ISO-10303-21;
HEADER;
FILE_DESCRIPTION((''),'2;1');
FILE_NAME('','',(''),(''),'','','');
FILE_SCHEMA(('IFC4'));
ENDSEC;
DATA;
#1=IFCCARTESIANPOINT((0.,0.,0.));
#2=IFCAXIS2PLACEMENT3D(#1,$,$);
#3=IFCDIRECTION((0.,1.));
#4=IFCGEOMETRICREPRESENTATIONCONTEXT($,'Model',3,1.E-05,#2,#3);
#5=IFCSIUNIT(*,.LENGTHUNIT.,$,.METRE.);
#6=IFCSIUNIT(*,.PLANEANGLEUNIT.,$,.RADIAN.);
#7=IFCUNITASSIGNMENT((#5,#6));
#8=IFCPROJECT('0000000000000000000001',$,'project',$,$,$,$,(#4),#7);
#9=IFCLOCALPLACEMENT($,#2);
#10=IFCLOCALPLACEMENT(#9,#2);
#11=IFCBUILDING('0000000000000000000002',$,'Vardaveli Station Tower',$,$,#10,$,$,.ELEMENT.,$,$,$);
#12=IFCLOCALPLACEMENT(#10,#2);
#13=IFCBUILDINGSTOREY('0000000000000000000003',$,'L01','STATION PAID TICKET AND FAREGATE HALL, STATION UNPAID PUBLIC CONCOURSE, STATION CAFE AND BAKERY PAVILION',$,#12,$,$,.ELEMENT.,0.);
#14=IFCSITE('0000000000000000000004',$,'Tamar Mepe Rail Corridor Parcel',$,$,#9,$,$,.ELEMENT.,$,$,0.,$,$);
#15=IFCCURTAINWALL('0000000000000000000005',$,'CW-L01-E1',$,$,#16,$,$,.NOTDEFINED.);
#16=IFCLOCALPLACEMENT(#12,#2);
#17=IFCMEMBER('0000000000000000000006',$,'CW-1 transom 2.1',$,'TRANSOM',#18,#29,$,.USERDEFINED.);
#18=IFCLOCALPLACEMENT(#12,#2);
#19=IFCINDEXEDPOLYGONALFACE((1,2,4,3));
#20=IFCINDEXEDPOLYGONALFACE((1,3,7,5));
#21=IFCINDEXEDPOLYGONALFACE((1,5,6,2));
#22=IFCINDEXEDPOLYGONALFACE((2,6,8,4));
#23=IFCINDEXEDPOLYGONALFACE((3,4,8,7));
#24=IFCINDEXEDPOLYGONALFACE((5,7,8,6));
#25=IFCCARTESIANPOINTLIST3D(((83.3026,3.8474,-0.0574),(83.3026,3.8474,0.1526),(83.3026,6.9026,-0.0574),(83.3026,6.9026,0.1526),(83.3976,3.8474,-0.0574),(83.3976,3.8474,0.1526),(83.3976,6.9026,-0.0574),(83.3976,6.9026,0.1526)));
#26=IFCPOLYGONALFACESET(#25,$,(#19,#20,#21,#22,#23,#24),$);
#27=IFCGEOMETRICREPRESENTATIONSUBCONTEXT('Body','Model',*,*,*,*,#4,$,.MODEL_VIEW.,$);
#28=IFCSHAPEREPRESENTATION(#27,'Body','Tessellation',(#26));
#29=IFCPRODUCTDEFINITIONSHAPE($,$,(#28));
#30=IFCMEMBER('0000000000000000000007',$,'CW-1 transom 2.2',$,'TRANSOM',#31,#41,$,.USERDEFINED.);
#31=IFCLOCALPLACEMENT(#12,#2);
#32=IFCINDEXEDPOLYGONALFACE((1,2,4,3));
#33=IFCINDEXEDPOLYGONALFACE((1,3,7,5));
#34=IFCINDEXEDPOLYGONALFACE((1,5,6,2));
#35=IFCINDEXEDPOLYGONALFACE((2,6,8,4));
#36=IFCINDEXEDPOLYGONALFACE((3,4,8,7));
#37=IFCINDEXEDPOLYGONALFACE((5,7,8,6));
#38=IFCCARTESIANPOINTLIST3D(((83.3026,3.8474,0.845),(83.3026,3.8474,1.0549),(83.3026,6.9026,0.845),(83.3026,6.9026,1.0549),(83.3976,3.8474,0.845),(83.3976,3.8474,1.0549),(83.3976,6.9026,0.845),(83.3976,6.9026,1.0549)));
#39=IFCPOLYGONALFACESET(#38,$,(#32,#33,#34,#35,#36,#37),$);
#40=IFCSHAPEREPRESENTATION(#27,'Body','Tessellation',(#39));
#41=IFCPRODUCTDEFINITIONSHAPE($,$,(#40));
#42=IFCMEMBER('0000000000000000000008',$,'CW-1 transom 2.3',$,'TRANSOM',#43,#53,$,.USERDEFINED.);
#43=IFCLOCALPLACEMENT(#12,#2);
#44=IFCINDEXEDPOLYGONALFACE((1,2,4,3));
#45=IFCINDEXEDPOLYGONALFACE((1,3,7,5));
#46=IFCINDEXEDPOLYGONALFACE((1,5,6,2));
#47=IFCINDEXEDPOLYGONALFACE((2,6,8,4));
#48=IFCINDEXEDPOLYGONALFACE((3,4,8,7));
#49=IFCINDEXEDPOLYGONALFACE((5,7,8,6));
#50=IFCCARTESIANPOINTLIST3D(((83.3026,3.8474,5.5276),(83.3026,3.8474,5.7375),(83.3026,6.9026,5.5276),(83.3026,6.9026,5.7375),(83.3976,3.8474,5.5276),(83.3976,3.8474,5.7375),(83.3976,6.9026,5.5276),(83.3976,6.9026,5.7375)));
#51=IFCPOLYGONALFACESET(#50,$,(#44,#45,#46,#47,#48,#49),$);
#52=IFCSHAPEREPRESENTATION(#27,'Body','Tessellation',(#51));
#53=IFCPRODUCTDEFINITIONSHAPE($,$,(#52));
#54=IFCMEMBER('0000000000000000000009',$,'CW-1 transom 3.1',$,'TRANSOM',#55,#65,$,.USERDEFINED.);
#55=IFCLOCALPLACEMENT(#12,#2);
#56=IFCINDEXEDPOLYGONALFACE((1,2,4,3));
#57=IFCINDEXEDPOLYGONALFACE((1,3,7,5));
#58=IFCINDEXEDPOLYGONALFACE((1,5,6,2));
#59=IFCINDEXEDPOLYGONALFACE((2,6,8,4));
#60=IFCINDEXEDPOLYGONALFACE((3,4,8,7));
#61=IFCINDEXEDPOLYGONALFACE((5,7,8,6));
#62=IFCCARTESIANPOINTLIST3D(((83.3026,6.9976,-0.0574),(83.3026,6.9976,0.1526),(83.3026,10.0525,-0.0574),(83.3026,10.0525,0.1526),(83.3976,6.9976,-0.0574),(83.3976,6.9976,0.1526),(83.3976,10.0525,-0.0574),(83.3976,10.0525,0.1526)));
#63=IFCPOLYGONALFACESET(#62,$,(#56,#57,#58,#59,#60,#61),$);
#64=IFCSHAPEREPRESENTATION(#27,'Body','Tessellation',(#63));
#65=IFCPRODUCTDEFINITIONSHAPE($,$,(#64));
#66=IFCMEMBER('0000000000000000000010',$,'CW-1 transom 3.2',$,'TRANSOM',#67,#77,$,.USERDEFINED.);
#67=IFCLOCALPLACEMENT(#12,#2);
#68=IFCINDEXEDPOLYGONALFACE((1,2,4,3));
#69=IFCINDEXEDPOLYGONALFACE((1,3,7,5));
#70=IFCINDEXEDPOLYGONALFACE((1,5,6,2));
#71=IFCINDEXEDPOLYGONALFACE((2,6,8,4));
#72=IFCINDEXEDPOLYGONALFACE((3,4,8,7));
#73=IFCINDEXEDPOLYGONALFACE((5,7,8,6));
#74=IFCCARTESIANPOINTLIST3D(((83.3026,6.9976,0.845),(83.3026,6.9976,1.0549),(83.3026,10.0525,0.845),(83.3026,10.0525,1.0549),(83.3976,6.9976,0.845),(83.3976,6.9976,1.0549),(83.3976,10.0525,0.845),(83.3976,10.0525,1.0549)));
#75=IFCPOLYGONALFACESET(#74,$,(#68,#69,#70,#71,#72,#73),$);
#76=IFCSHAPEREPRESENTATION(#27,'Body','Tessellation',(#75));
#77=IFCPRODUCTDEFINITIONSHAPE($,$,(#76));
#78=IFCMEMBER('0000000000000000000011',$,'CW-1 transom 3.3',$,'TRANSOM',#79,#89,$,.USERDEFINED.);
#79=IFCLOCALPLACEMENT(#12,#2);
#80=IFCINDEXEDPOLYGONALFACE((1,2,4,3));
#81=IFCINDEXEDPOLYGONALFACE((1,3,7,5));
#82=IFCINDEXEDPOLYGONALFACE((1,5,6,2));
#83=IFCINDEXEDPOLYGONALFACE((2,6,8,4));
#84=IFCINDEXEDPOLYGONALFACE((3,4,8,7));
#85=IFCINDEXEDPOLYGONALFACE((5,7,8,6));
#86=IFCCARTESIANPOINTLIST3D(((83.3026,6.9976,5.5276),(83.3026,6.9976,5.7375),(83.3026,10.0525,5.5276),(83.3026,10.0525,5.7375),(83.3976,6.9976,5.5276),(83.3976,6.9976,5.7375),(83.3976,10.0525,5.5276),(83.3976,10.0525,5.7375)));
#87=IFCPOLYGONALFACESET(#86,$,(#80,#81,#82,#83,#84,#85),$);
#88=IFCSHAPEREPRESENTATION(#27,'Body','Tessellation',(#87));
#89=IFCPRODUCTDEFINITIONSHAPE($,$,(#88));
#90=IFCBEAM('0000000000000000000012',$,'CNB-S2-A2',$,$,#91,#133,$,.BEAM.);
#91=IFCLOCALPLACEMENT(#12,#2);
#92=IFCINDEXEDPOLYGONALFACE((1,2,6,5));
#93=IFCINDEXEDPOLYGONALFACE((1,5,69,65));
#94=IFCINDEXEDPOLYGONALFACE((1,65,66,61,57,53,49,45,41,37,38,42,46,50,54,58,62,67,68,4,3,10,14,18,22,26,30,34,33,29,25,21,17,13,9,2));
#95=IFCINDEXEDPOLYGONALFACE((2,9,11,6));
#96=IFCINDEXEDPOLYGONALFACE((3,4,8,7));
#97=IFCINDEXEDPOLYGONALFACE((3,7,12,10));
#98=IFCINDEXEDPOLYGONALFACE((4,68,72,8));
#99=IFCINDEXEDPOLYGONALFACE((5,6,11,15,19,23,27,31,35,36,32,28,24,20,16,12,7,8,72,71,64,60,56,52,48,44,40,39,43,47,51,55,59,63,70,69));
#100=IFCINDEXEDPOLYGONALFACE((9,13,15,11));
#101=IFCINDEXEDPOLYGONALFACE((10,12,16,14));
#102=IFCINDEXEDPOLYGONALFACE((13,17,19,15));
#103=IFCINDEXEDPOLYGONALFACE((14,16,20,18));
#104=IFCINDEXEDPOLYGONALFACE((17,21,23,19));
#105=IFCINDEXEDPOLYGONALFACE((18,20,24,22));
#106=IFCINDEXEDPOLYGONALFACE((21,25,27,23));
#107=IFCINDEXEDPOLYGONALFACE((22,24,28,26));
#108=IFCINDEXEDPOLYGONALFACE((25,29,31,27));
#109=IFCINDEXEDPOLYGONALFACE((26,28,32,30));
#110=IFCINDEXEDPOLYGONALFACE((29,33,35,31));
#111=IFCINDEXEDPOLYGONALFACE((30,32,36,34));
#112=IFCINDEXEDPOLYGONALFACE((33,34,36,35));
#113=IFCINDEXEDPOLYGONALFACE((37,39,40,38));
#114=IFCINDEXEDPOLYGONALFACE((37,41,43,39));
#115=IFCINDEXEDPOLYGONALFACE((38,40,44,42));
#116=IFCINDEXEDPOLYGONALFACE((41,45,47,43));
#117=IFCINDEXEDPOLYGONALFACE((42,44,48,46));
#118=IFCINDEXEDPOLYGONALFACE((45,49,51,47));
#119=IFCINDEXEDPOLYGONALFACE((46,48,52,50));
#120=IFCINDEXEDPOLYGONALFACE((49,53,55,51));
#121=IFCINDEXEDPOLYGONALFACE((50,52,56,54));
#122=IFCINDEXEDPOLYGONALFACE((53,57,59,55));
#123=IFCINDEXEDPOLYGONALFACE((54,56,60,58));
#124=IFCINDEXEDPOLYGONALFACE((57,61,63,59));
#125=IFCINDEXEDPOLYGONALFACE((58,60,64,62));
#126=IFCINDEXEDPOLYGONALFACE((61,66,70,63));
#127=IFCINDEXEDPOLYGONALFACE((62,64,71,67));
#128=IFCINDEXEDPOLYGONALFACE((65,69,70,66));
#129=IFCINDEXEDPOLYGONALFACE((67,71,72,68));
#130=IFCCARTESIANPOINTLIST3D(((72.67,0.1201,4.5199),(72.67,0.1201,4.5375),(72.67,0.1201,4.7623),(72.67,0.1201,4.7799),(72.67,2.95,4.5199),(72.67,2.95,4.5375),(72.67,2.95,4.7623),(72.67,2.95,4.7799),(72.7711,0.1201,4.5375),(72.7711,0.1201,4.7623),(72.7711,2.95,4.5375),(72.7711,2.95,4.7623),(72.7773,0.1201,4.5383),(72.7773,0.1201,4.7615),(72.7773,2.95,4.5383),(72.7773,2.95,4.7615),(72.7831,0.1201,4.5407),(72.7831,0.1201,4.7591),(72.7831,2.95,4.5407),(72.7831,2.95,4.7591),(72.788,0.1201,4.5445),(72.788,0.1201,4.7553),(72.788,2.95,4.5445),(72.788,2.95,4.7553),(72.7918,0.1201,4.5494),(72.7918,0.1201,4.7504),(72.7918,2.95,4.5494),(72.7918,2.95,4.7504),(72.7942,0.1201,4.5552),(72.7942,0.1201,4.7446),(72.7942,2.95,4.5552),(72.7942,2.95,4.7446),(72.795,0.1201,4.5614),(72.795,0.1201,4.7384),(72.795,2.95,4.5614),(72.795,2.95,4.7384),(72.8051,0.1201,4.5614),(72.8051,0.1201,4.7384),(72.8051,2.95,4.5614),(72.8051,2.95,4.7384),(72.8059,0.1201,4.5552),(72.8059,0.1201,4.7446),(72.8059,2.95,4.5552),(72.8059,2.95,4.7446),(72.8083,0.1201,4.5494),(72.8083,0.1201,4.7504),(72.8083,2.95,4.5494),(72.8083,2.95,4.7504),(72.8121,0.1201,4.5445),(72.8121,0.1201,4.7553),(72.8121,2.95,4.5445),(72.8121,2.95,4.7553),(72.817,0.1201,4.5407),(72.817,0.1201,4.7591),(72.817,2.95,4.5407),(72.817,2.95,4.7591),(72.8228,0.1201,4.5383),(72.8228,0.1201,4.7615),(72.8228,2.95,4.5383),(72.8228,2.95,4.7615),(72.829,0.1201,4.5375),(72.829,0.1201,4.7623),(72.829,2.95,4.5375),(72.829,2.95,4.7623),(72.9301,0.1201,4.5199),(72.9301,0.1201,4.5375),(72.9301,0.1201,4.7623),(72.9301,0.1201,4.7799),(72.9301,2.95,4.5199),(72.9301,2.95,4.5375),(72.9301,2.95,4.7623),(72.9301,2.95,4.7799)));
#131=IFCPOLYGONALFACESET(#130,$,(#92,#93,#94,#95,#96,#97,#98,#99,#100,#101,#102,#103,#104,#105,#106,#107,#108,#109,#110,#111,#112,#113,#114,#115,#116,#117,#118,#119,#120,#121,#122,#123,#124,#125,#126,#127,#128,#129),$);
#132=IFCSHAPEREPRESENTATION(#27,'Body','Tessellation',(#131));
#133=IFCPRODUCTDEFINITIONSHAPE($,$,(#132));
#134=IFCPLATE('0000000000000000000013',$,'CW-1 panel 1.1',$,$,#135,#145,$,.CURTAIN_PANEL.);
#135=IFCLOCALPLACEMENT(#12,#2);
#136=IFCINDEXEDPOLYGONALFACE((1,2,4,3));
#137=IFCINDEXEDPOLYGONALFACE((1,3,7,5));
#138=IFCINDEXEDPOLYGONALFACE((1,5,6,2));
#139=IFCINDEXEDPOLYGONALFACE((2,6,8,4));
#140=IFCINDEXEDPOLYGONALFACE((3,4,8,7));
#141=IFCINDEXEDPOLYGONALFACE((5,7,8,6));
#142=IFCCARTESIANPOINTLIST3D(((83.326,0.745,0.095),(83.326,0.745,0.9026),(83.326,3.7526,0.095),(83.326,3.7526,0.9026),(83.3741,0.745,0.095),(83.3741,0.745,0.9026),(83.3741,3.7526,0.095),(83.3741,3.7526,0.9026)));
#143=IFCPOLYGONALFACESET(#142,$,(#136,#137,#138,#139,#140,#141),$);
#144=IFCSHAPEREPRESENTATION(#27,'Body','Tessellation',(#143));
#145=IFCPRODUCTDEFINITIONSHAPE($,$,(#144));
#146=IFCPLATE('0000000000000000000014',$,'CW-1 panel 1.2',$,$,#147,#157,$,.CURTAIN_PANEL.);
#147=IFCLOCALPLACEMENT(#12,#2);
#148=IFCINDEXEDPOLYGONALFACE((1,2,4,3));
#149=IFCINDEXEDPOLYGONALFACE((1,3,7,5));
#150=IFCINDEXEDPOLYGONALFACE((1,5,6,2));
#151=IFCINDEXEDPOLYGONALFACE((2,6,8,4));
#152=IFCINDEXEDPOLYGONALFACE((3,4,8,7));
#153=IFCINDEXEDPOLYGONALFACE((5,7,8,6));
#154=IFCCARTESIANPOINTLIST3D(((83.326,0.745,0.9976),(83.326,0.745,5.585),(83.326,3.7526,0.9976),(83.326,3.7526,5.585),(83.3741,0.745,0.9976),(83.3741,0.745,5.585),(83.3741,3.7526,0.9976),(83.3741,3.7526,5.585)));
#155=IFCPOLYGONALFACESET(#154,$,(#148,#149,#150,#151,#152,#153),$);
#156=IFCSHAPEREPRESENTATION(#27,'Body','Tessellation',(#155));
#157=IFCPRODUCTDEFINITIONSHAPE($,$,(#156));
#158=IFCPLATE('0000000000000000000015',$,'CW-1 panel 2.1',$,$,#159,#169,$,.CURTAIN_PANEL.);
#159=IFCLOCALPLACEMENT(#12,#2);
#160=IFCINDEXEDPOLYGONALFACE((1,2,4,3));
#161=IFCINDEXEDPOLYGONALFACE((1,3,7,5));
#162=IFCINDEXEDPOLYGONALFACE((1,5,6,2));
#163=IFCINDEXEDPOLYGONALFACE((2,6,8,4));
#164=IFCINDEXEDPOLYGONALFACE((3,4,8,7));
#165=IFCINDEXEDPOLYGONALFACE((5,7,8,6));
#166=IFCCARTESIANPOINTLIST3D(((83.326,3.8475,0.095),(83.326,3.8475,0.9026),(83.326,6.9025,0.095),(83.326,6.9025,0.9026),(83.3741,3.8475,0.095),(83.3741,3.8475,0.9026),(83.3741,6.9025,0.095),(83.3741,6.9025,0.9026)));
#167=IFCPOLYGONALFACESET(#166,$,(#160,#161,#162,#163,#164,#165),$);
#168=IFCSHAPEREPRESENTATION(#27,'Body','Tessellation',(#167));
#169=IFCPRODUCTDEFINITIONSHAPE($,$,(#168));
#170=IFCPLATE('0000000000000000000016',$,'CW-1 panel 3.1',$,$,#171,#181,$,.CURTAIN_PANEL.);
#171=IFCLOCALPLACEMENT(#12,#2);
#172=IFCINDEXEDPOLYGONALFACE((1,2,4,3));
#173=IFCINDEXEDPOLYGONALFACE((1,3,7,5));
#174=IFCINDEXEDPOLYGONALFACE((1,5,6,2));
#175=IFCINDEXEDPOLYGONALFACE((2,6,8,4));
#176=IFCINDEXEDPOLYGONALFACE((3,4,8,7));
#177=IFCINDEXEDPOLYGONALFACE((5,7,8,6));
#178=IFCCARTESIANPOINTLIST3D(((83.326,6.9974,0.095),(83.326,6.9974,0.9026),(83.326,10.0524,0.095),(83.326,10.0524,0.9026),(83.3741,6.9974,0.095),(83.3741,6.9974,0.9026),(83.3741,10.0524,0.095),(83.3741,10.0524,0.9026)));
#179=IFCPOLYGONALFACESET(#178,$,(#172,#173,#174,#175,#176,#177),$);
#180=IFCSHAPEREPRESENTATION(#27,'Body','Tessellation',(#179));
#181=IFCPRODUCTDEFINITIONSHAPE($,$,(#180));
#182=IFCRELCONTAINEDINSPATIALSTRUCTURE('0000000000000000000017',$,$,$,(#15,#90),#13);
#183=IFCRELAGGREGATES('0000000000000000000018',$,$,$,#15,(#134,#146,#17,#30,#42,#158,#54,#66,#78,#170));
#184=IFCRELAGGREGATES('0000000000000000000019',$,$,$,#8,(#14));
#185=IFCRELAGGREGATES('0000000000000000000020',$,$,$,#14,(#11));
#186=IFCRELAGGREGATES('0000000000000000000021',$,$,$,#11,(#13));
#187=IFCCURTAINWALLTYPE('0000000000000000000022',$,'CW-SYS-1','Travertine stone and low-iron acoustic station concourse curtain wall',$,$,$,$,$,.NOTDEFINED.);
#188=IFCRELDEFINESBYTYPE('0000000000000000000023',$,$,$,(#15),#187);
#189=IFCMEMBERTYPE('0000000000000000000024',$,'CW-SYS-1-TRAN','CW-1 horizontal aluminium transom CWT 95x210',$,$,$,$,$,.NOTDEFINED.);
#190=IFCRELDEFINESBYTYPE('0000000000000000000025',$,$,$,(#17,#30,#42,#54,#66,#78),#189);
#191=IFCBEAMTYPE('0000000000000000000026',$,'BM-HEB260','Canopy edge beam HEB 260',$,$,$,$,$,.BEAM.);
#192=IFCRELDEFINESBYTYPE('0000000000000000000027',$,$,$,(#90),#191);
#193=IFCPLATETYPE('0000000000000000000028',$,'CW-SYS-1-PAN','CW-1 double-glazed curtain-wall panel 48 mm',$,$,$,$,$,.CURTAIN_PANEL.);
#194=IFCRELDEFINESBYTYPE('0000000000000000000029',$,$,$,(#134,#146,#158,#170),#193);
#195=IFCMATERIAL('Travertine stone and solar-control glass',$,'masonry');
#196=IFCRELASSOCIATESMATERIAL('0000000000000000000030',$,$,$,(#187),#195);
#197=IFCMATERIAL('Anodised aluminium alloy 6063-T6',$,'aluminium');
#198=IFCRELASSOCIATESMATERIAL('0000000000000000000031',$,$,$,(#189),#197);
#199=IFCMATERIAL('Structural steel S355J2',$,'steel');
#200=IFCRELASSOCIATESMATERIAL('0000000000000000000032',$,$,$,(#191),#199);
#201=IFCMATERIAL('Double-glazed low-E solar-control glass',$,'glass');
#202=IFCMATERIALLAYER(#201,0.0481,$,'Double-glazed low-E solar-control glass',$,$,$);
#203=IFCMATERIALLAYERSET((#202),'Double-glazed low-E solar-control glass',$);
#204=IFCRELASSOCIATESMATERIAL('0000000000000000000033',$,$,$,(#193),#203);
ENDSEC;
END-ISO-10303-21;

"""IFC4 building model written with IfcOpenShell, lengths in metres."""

from ifc_helpers import new_model, si_unit, direction, frame, origin, origin_2d, place, context, subcontext, project, spatial, rectangle, i_section, extrude, source, transform, mapped, material, layer, layer_set, material_profile, profile_set, type_object, element, aggregate, save


model = new_model("IFC4")

# Units and contexts
model_context = context("Model", 3, precision=1e-05, world=origin(), true_north=direction((0.0, 1.0)))
body_context = subcontext(model_context, "Body", "Model", "MODEL_VIEW")
ifc_project = project(units=[si_unit("LENGTHUNIT", "METRE"), si_unit("PLANEANGLEUNIT", "RADIAN")], contexts=[model_context])

# Site, building, storey
site_placement = place(None, origin())
site = spatial("IfcSite", under=ifc_project, at=site_placement, Name="Tamar Mepe Rail Corridor Parcel", CompositionType="ELEMENT", RefElevation=0.0)
building_placement = place(site_placement, origin())
building = spatial("IfcBuilding", under=site, at=building_placement, Name="Vardaveli Station Tower", CompositionType="ELEMENT")
storey_placement = place(building_placement, origin())
storey = spatial("IfcBuildingStorey", under=building, at=storey_placement, Name="L01", Description="STATION PAID TICKET AND FAREGATE HALL, STATION UNPAID PUBLIC CONCOURSE, STATION CAFE AND BAKERY PAVILION", CompositionType="ELEMENT", Elevation=0.0)

# Shared definitions
ifc_material_1 = material(Name="Structural steel S355J2", Category="steel")

# Curtain wall, members
ifc_material_2 = material(Name="Travertine stone and solar-control glass", Category="masonry")
curtain_wall_type = type_object("IfcCurtainWallType", Name="CW-SYS-1", Description="Travertine stone and low-iron acoustic station concourse curtain wall", PredefinedType="NOTDEFINED", material=ifc_material_2)
curtain_wall_placement = place(storey_placement, origin())
curtain_wall = element("IfcCurtainWall", 1, at=curtain_wall_placement, inside=storey, type_object=curtain_wall_type, Name="CW-L01-E1", PredefinedType="NOTDEFINED")
ifc_material_3 = material(Name="Anodised aluminium alloy 6063-T6", Category="aluminium")
ifc_material_profile_1 = material_profile(ifc_material_3, rectangle(XDim=0.095, YDim=0.21, at=origin_2d()), Name="CWT 95x210")
ifc_profile_set_1 = profile_set([ifc_material_profile_1], Name="Anodised aluminium alloy 6063-T6")
member_type_1 = type_object("IfcMemberType", Name="CW-SYS-1-TRAN", Description="CW-1 horizontal aluminium transom CWT 95x210", PredefinedType="NOTDEFINED", material=ifc_profile_set_1)
shared_shape_1 = source(origin(), body_context, "Body", "SweptSolid", [
    extrude(rectangle(XDim=0.095, YDim=0.21, at=origin_2d()), origin(), (0.0, 0.0, 1.0), 3.0552),
])
member_1_placement = place(storey_placement, frame((83.3501, 3.8474, 0.0476), z_axis=(0.0, 1.0, 0.0), x_axis=(-1.0, 0.0, 0.0)))
member_1 = element("IfcMember", 2, at=member_1_placement, type_object=member_type_1, Name="CW-1 transom 2.1", ObjectType="TRANSOM", PredefinedType="USERDEFINED", context=body_context, shape_type="MappedRepresentation", body=[
    mapped(shared_shape_1, transform((0.0, 0.0, 0.0), scale=1.0)),
])
member_2_placement = place(storey_placement, frame((83.3501, 3.8474, 0.95), z_axis=(0.0, 1.0, 0.0), x_axis=(-1.0, 0.0, 0.0)))
member_2 = element("IfcMember", 3, at=member_2_placement, type_object=member_type_1, Name="CW-1 transom 2.2", ObjectType="TRANSOM", PredefinedType="USERDEFINED", context=body_context, shape_type="MappedRepresentation", body=[
    mapped(shared_shape_1, transform((0.0, 0.0, 0.0), scale=1.0)),
])
member_3_placement = place(storey_placement, frame((83.3501, 3.8474, 5.6326), z_axis=(0.0, 1.0, 0.0), x_axis=(-1.0, 0.0, 0.0)))
member_3 = element("IfcMember", 4, at=member_3_placement, type_object=member_type_1, Name="CW-1 transom 2.3", ObjectType="TRANSOM", PredefinedType="USERDEFINED", context=body_context, shape_type="MappedRepresentation", body=[
    mapped(shared_shape_1, transform((0.0, 0.0, 0.0), scale=1.0)),
])
shared_shape_2 = source(origin(), body_context, "Body", "SweptSolid", [
    extrude(rectangle(XDim=0.095, YDim=0.21, at=origin_2d()), origin(), (0.0, 0.0, 1.0), 3.0549),
])
member_4_placement = place(storey_placement, frame((83.3501, 6.9976, 0.0476), z_axis=(0.0, 1.0, 0.0), x_axis=(-1.0, 0.0, 0.0)))
member_4 = element("IfcMember", 5, at=member_4_placement, type_object=member_type_1, Name="CW-1 transom 3.1", ObjectType="TRANSOM", PredefinedType="USERDEFINED", context=body_context, shape_type="MappedRepresentation", body=[
    mapped(shared_shape_2, transform((0.0, 0.0, 0.0), scale=1.0)),
])
member_5_placement = place(storey_placement, frame((83.3501, 6.9976, 0.95), z_axis=(0.0, 1.0, 0.0), x_axis=(-1.0, 0.0, 0.0)))
member_5 = element("IfcMember", 6, at=member_5_placement, type_object=member_type_1, Name="CW-1 transom 3.2", ObjectType="TRANSOM", PredefinedType="USERDEFINED", context=body_context, shape_type="MappedRepresentation", body=[
    mapped(shared_shape_2, transform((0.0, 0.0, 0.0), scale=1.0)),
])
member_6_placement = place(storey_placement, frame((83.3501, 6.9976, 5.6326), z_axis=(0.0, 1.0, 0.0), x_axis=(-1.0, 0.0, 0.0)))
member_6 = element("IfcMember", 7, at=member_6_placement, type_object=member_type_1, Name="CW-1 transom 3.3", ObjectType="TRANSOM", PredefinedType="USERDEFINED", context=body_context, shape_type="MappedRepresentation", body=[
    mapped(shared_shape_2, transform((0.0, 0.0, 0.0), scale=1.0)),
])

# Beam
ifc_material_profile_2 = material_profile(ifc_material_1, i_section(OverallWidth=0.26, OverallDepth=0.26, WebThickness=0.01, FlangeThickness=0.0176, FilletRadius=0.0239, at=origin_2d()), Name="HEB 260")
ifc_profile_set_2 = profile_set([ifc_material_profile_2], Name="Structural steel S355J2")
beam_type_1 = type_object("IfcBeamType", Name="BM-HEB260", Description="Canopy edge beam HEB 260", PredefinedType="BEAM", material=ifc_profile_set_2)
shared_shape_3 = source(origin(), body_context, "Body", "SweptSolid", [
    extrude(i_section(OverallWidth=0.26, OverallDepth=0.26, WebThickness=0.01, FlangeThickness=0.0176, FilletRadius=0.0239, at=origin_2d()), origin(), (0.0, 0.0, 1.0), 2.8298),
])
beam_1_placement = place(storey_placement, frame((72.8, 2.95, 4.6499), z_axis=(0.0, -1.0, 0.0), x_axis=(1.0, 0.0, 0.0)))
element("IfcBeam", 8, at=beam_1_placement, inside=storey, type_object=beam_type_1, Name="CNB-S2-A2", PredefinedType="BEAM", context=body_context, shape_type="MappedRepresentation", body=[
    mapped(shared_shape_3, transform((0.0, 0.0, 0.0), scale=1.0)),
])

# Plates
ifc_material_4 = material(Name="Double-glazed low-E solar-control glass", Category="glass")
ifc_layer_1 = layer(ifc_material_4, 0.0481, Name="Double-glazed low-E solar-control glass")
ifc_layer_set_1 = layer_set([ifc_layer_1], Name="Double-glazed low-E solar-control glass")
plate_type_1 = type_object("IfcPlateType", Name="CW-SYS-1-PAN", Description="CW-1 double-glazed curtain-wall panel 48 mm", PredefinedType="CURTAIN_PANEL", material=ifc_layer_set_1)
shared_shape_4 = source(origin(), body_context, "Body", "SweptSolid", [
    extrude(rectangle(XDim=3.0076, YDim=0.0481, at=origin_2d()), origin(), (0.0, 0.0, 1.0), 0.8076),
])
plate_1_placement = place(storey_placement, frame((83.3501, 2.2488, 0.095), z_axis=(0.0, 0.0, 1.0), x_axis=(0.0, 1.0, 0.0)))
plate_1 = element("IfcPlate", 9, at=plate_1_placement, type_object=plate_type_1, Name="CW-1 panel 1.1", PredefinedType="CURTAIN_PANEL", context=body_context, shape_type="MappedRepresentation", body=[
    mapped(shared_shape_4, transform((0.0, 0.0, 0.0), scale=1.0)),
])
shared_shape_5 = source(origin(), body_context, "Body", "SweptSolid", [
    extrude(rectangle(XDim=3.0076, YDim=0.0481, at=origin_2d()), origin(), (0.0, 0.0, 1.0), 4.5874),
])
plate_2_placement = place(storey_placement, frame((83.3501, 2.2488, 0.9976), z_axis=(0.0, 0.0, 1.0), x_axis=(0.0, 1.0, 0.0)))
plate_2 = element("IfcPlate", 10, at=plate_2_placement, type_object=plate_type_1, Name="CW-1 panel 1.2", PredefinedType="CURTAIN_PANEL", context=body_context, shape_type="MappedRepresentation", body=[
    mapped(shared_shape_5, transform((0.0, 0.0, 0.0), scale=1.0)),
])
shared_shape_6 = source(origin(), body_context, "Body", "SweptSolid", [
    extrude(rectangle(XDim=3.0549, YDim=0.0481, at=origin_2d()), origin(), (0.0, 0.0, 1.0), 0.8076),
])
plate_3_placement = place(storey_placement, frame((83.3501, 5.375, 0.095), z_axis=(0.0, 0.0, 1.0), x_axis=(0.0, 1.0, 0.0)))
plate_3 = element("IfcPlate", 11, at=plate_3_placement, type_object=plate_type_1, Name="CW-1 panel 2.1", PredefinedType="CURTAIN_PANEL", context=body_context, shape_type="MappedRepresentation", body=[
    mapped(shared_shape_6, transform((0.0, 0.0, 0.0), scale=1.0)),
])
plate_4_placement = place(storey_placement, frame((83.3501, 8.5249, 0.095), z_axis=(0.0, 0.0, 1.0), x_axis=(0.0, 1.0, 0.0)))
plate_4 = element("IfcPlate", 12, at=plate_4_placement, type_object=plate_type_1, Name="CW-1 panel 3.1", PredefinedType="CURTAIN_PANEL", context=body_context, shape_type="MappedRepresentation", body=[
    mapped(shared_shape_6, transform((0.0, 0.0, 0.0), scale=1.0)),
])
aggregate(curtain_wall, [plate_1, plate_2, member_1, member_2, member_3, plate_3, member_4, member_5, member_6, plate_4])

save(model, "model.ifc")
